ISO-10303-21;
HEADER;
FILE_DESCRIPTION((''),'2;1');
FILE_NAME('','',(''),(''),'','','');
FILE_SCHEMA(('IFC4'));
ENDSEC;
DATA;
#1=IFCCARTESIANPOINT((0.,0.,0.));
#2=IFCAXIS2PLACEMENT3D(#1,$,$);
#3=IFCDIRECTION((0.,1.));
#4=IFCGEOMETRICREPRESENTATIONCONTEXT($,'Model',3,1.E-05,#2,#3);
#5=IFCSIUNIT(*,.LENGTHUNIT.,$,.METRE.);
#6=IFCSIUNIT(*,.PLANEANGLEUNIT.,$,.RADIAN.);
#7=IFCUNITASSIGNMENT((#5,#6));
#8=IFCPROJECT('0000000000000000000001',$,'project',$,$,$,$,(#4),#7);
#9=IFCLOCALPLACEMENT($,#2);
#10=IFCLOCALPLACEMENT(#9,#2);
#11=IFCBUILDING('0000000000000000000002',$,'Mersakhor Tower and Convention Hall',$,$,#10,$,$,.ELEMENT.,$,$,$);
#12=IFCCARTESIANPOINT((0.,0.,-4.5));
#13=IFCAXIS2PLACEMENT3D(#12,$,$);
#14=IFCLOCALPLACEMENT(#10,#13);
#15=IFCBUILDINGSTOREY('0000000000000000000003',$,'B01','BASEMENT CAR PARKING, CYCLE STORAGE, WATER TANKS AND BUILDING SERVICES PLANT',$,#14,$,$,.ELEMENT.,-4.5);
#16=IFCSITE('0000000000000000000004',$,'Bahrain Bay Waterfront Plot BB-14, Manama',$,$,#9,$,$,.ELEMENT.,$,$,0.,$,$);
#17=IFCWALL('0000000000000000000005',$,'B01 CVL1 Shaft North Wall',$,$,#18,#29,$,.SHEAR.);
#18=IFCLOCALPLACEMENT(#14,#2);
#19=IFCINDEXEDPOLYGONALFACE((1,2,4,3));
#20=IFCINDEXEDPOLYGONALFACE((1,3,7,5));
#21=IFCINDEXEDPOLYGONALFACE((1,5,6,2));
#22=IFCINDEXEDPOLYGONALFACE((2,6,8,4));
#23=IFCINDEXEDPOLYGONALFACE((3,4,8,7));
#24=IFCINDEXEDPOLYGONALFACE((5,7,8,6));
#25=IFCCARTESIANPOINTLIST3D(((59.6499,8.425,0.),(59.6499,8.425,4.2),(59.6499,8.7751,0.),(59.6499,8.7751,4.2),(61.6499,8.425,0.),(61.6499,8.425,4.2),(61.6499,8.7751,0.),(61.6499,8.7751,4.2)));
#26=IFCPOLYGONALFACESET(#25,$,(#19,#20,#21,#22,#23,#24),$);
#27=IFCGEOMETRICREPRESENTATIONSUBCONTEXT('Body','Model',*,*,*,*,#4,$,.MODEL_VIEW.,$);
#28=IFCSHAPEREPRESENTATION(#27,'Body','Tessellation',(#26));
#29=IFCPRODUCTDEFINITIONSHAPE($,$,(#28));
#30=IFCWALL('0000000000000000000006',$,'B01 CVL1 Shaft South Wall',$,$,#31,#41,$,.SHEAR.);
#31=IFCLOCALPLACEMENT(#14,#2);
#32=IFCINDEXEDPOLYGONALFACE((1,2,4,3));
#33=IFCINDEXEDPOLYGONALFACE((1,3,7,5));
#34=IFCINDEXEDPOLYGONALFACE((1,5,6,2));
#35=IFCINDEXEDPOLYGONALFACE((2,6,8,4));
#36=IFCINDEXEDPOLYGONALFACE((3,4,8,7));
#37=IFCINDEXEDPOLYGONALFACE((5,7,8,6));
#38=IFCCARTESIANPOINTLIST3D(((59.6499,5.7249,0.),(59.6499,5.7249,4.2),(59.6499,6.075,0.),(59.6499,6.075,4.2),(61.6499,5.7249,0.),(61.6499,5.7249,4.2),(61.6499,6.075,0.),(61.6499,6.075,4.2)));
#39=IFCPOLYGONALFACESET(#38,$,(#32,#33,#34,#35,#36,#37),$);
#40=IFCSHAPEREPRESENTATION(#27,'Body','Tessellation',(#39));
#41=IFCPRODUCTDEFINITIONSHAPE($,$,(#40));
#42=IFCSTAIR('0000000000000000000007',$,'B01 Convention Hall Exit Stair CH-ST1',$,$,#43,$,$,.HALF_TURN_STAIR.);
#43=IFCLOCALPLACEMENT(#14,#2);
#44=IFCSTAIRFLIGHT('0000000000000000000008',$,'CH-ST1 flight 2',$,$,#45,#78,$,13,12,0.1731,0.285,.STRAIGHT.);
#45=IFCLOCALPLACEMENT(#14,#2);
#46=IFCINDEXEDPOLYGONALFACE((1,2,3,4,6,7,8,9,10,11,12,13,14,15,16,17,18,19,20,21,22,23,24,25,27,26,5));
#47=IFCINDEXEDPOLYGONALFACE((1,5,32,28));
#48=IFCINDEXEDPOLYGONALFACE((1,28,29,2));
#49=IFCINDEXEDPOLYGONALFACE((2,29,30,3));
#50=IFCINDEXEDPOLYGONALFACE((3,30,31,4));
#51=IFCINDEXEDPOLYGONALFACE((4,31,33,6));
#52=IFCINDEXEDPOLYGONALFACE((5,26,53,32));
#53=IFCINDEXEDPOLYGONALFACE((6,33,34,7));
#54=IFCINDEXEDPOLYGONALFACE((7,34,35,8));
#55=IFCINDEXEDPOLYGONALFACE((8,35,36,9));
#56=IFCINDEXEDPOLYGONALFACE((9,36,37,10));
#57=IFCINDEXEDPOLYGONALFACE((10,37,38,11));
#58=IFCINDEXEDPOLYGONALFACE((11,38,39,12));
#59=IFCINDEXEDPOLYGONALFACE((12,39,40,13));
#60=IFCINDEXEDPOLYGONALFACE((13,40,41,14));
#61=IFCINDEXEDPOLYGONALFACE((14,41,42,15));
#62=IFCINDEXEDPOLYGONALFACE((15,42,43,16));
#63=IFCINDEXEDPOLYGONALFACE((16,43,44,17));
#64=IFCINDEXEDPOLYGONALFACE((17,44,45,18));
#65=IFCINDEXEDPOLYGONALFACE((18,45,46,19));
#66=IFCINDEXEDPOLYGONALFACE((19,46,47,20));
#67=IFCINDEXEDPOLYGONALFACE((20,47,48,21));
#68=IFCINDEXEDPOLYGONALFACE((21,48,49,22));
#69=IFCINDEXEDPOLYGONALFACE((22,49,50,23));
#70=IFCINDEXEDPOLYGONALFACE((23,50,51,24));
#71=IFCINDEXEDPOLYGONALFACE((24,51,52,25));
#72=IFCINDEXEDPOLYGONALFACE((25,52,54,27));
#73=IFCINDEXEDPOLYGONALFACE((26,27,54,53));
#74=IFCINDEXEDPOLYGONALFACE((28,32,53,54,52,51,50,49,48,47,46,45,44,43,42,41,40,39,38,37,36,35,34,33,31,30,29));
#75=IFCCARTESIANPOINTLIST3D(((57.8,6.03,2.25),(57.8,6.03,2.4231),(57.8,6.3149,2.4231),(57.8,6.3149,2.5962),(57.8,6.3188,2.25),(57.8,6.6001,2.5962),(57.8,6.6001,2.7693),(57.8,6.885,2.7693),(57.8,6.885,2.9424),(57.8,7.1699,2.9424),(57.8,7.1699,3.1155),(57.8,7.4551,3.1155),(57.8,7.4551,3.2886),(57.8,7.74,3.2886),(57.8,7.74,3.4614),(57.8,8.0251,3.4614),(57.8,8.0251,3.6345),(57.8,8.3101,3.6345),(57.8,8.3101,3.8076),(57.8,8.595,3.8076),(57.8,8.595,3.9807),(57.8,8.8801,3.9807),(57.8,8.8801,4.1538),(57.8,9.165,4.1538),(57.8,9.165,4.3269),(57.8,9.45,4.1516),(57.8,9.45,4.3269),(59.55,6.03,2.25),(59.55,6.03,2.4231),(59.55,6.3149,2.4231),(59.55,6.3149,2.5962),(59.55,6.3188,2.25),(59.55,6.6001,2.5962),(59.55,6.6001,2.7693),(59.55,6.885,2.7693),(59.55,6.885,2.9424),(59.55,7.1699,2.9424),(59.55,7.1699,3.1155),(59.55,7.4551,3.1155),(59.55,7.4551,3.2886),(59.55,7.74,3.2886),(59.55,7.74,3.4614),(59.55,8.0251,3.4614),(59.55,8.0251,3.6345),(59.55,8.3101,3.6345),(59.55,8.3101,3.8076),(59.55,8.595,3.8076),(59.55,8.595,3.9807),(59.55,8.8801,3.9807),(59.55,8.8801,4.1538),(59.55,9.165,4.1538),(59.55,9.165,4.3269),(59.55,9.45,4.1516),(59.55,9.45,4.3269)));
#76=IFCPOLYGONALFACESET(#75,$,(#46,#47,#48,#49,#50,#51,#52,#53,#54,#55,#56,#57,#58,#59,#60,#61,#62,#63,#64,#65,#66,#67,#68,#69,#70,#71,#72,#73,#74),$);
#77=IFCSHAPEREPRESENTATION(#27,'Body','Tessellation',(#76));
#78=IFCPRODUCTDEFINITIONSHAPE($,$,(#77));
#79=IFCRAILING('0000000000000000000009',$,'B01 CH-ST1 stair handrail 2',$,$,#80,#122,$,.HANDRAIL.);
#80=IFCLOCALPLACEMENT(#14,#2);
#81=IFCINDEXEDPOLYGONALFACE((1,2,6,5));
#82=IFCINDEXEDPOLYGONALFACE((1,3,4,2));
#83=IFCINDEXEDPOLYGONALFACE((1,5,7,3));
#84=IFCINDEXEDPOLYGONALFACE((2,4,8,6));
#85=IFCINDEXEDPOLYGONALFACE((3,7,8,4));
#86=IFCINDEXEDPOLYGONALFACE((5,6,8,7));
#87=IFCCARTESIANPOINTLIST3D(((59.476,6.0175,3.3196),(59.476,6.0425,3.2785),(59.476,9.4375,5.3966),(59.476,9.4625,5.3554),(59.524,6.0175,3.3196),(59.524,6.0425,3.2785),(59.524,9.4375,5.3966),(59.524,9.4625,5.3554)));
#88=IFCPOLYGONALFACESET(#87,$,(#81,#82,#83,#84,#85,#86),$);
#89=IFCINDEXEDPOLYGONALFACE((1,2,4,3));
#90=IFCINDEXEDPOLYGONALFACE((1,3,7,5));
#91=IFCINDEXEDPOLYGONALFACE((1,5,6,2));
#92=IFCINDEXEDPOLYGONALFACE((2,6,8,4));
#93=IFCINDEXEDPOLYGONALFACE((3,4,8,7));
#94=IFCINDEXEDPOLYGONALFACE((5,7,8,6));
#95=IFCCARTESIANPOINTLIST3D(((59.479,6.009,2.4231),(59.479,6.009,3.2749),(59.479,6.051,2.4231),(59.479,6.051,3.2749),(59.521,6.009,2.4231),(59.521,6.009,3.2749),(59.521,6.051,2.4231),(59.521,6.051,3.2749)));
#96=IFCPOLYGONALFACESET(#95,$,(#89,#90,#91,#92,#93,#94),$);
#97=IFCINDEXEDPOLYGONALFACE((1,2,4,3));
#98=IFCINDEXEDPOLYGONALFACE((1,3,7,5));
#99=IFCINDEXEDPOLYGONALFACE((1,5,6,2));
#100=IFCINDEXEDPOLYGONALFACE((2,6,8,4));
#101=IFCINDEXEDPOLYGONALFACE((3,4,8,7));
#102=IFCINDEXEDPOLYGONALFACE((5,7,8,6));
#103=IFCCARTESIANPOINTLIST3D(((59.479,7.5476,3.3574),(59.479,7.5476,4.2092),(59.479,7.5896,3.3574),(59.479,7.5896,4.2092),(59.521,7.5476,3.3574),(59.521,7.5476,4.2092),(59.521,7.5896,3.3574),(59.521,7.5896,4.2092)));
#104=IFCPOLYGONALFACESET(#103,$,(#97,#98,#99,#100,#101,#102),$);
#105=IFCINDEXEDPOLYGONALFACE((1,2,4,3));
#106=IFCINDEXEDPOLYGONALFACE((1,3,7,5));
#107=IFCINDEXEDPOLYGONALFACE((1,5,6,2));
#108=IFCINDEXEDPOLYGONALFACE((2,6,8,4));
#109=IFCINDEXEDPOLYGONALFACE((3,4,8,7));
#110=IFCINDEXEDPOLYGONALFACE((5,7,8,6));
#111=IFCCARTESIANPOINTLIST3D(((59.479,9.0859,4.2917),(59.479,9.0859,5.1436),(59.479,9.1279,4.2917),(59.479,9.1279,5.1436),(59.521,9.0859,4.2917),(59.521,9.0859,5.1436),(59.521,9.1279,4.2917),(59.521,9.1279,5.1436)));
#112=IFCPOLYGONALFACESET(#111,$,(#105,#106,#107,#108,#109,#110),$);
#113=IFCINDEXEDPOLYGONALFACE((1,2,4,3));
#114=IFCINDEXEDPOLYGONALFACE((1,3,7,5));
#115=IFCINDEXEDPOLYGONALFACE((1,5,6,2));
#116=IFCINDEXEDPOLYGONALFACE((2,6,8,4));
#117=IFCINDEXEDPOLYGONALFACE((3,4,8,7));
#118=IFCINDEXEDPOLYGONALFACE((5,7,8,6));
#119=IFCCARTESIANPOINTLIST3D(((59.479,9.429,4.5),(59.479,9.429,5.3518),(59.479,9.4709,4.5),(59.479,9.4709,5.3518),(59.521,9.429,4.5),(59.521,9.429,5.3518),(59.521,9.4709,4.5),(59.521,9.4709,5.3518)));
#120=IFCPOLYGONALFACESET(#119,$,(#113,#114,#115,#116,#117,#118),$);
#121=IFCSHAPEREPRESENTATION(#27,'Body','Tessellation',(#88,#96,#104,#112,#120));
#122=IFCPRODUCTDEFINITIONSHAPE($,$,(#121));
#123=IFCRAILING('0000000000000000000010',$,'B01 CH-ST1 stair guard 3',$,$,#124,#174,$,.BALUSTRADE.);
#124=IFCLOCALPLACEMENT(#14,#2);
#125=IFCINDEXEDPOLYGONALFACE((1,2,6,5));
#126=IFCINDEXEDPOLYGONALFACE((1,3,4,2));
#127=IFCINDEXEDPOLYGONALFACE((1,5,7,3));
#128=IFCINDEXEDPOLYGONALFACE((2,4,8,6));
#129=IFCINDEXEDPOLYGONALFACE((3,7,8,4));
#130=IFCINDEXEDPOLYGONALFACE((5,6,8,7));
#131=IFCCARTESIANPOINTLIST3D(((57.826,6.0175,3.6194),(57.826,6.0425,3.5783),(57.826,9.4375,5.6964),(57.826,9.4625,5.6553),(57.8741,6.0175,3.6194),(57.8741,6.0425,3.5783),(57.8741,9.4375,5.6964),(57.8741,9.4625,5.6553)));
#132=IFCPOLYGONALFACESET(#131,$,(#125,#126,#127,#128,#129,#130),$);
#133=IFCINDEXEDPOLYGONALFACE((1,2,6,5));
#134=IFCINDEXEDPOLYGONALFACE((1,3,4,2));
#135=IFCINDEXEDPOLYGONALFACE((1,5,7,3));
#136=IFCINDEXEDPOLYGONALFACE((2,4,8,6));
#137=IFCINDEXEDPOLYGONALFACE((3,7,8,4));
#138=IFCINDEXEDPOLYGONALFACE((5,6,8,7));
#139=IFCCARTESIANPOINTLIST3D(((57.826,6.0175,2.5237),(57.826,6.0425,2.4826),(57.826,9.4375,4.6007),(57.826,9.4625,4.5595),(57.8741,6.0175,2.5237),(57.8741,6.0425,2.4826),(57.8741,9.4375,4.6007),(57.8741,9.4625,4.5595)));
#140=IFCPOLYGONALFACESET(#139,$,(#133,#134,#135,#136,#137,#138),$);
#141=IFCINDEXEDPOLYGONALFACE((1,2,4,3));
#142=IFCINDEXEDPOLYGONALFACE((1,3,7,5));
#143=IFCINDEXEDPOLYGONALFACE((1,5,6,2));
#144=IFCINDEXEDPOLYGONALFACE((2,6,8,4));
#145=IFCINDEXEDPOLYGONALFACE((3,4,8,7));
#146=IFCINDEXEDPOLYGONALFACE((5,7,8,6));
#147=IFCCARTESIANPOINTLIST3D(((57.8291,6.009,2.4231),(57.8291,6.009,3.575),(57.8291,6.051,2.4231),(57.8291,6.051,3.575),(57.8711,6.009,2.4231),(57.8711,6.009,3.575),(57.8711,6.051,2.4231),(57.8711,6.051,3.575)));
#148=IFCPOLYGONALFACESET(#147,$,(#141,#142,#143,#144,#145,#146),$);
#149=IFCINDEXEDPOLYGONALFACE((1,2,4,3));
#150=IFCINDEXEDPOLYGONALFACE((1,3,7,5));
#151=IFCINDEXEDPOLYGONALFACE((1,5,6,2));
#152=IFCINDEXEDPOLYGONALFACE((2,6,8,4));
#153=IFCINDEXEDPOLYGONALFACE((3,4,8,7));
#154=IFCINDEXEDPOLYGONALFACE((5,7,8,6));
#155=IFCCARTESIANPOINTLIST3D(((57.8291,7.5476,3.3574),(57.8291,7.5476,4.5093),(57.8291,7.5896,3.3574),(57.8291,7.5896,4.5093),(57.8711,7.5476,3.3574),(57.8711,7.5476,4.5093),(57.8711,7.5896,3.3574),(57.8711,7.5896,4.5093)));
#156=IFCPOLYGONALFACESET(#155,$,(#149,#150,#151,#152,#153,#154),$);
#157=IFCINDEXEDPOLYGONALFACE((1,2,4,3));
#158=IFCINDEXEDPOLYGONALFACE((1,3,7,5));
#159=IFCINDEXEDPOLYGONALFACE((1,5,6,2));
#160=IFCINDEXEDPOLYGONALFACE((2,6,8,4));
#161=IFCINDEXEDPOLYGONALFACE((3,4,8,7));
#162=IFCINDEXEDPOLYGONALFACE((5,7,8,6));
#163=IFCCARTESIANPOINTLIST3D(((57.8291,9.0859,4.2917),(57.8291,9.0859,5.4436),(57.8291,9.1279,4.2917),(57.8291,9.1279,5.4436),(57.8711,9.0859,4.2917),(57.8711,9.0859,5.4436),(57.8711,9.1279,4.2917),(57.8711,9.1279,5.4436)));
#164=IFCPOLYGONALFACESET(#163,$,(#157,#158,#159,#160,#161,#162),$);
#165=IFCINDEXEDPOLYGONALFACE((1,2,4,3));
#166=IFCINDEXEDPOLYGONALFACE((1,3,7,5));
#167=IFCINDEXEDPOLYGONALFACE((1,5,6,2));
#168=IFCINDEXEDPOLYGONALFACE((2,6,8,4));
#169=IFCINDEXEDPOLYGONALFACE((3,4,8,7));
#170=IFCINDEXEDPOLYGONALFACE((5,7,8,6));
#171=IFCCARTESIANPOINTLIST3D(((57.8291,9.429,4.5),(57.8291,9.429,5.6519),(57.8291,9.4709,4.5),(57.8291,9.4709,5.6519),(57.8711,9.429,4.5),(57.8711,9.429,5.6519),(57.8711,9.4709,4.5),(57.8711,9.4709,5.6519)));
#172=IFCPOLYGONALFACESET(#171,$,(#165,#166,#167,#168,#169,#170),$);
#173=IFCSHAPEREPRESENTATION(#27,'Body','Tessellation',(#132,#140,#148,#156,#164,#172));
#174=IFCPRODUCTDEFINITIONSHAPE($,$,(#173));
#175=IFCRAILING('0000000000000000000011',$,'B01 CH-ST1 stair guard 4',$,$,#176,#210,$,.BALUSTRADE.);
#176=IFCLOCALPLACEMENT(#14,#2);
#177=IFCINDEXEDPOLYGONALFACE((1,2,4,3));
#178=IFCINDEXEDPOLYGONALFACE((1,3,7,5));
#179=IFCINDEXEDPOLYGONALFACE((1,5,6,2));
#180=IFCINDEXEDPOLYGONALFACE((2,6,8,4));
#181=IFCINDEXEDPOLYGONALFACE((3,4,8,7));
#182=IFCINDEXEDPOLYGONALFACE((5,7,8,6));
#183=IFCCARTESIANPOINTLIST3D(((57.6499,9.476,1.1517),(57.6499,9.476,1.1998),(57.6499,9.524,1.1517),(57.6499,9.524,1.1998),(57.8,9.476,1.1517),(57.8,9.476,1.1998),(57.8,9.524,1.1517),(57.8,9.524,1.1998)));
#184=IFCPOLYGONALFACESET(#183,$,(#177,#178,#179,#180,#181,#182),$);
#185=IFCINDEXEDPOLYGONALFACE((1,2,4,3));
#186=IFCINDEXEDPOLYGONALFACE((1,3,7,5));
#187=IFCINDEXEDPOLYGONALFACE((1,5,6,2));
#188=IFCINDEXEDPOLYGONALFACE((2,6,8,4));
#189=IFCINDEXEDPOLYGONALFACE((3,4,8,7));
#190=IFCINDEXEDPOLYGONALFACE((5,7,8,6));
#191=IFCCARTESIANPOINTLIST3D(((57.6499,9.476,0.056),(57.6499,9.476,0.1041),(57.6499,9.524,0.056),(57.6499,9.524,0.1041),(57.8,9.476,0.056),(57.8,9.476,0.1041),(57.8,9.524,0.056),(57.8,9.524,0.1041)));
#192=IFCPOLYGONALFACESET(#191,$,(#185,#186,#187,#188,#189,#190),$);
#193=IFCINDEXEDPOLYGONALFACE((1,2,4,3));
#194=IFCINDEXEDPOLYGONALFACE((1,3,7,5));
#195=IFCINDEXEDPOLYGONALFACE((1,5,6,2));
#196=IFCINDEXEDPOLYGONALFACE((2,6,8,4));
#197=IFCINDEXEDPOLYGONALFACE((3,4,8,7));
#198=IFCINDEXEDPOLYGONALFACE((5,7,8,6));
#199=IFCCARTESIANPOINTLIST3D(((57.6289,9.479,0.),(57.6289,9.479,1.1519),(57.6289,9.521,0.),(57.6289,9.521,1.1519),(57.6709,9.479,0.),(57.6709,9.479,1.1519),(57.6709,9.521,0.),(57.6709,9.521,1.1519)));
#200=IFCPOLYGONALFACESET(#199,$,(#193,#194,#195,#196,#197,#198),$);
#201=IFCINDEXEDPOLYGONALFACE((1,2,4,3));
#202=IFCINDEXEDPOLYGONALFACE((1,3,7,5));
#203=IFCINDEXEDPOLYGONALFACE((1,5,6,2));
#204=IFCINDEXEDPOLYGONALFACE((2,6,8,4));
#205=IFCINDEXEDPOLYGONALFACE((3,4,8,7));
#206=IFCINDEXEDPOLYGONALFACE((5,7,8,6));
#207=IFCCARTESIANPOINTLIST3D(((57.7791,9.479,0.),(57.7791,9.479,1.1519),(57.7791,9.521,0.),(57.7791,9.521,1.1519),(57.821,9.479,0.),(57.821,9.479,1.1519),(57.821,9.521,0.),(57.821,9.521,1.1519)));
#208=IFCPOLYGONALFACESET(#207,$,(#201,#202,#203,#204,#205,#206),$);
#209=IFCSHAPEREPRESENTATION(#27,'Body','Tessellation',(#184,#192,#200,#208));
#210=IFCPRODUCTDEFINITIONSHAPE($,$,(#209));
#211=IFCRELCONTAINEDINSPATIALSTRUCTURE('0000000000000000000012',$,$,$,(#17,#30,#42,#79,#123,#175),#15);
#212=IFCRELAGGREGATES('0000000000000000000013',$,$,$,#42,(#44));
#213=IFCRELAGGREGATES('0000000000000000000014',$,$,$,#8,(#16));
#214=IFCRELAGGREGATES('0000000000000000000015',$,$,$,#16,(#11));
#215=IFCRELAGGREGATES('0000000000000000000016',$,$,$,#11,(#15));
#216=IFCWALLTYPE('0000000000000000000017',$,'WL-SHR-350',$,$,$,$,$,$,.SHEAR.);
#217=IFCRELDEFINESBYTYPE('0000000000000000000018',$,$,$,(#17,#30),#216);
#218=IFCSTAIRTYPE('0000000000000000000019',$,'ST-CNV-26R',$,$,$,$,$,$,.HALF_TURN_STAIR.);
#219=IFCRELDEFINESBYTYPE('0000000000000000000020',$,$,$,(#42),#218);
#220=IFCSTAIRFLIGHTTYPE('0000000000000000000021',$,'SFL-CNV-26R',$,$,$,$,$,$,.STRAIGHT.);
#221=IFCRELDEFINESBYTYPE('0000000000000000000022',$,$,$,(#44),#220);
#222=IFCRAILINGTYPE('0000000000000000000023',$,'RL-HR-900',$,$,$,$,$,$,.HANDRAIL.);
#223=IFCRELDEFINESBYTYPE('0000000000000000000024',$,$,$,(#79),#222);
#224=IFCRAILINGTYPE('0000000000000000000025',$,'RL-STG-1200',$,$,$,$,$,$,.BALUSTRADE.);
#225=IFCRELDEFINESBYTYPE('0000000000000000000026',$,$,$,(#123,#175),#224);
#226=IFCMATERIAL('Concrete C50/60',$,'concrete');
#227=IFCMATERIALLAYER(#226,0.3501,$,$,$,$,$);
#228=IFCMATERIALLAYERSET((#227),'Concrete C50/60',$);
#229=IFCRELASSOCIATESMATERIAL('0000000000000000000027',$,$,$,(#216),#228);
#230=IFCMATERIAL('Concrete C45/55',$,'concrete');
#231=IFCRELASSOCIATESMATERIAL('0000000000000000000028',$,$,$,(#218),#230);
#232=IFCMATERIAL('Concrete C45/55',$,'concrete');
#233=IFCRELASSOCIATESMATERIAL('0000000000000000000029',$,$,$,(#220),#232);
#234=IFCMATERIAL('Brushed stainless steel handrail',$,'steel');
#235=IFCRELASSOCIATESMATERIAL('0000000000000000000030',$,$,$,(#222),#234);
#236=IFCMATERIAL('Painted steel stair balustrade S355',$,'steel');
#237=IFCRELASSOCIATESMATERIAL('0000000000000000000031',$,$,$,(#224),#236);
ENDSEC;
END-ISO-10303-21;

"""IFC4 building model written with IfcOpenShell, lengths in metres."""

from ifc_helpers import new_model, si_unit, direction, frame, frame_2d, origin, origin_2d, place, context, subcontext, project, spatial, polyline, rectangle, outline, extrude, material, layer, layer_set, type_object, element, aggregate, save


model = new_model("IFC4")

# Units and contexts
model_context = context("Model", 3, precision=1e-05, world=origin(), true_north=direction((0.0, 1.0)))
body_context = subcontext(model_context, "Body", "Model", "MODEL_VIEW")
ifc_project = project(units=[si_unit("LENGTHUNIT", "METRE"), si_unit("PLANEANGLEUNIT", "RADIAN")], contexts=[model_context])

# Site, building, storey
site_placement = place(None, origin())
site = spatial("IfcSite", under=ifc_project, at=site_placement, Name="Bahrain Bay Waterfront Plot BB-14, Manama", CompositionType="ELEMENT", RefElevation=0.0)
building_placement = place(site_placement, origin())
building = spatial("IfcBuilding", under=site, at=building_placement, Name="Mersakhor Tower and Convention Hall", CompositionType="ELEMENT")
storey_placement = place(building_placement, frame((0.0, 0.0, -4.5)))
storey = spatial("IfcBuildingStorey", under=building, at=storey_placement, Name="B01", Description="BASEMENT CAR PARKING, CYCLE STORAGE, WATER TANKS AND BUILDING SERVICES PLANT", CompositionType="ELEMENT", Elevation=-4.5)

# Shared definitions
ifc_material_1 = material(Name="Concrete C50/60", Category="concrete")
ifc_layer_1 = layer(ifc_material_1, 0.3501)
ifc_layer_set_1 = layer_set([ifc_layer_1], Name="Concrete C50/60")
wall_type_1 = type_object("IfcWallType", Name="WL-SHR-350", PredefinedType="SHEAR", material=ifc_layer_set_1)

# Walls
for number, where, z_axis, x_axis, name in (
    (1, (59.6499, 8.6001, 0.0), (0.0, 0.0, 1.0), (1.0, 0.0, 0.0), "B01 CVL1 Shaft North Wall"),
    (2, (59.6499, 5.8999, 0.0), (0.0, 0.0, 1.0), (1.0, 0.0, 0.0), "B01 CVL1 Shaft South Wall"),
):
    element("IfcWall", number, at=place(storey_placement, frame(where, z_axis=z_axis, x_axis=x_axis)), inside=storey, type_object=wall_type_1, Name=name, PredefinedType="SHEAR", context=body_context, shape_type="SweptSolid", body=[
        extrude(rectangle(XDim=2.0, YDim=0.3501, at=frame_2d((1.0, 0.0))), origin(), (0.0, 0.0, 1.0), 4.2),
    ])

# Stair, stair flight
ifc_material_2 = material(Name="Concrete C45/55", Category="concrete")
stair_type = type_object("IfcStairType", Name="ST-CNV-26R", PredefinedType="HALF_TURN_STAIR", material=ifc_material_2)
stair_placement = place(storey_placement, origin())
stair = element("IfcStair", 3, at=stair_placement, inside=storey, type_object=stair_type, Name="B01 Convention Hall Exit Stair CH-ST1", PredefinedType="HALF_TURN_STAIR")
ifc_material_3 = material(Name="Concrete C45/55", Category="concrete")
stair_flight_type = type_object("IfcStairFlightType", Name="SFL-CNV-26R", PredefinedType="STRAIGHT", material=ifc_material_3)
stair_flight_placement = place(storey_placement, frame((58.675, 6.03, 2.25), z_axis=(0.0, 0.0, 1.0), x_axis=(0.0, 1.0, 0.0)))
stair_flight = element("IfcStairFlight", 4, at=stair_flight_placement, type_object=stair_flight_type, Name="CH-ST1 flight 2", NumberOfRisers=13, NumberOfTreads=12, PredefinedType="STRAIGHT", RiserHeight=0.1731, TreadLength=0.285, context=body_context, shape_type="SweptSolid", body=[
    extrude(outline(polyline([(0.0, 0.0), (0.0, 0.1731), (0.2849, 0.1731), (0.2849, 0.3462), (0.5701, 0.3462), (0.5701, 0.5193), (0.855, 0.5193), (0.855, 0.6924), (1.1399, 0.6924), (1.1399, 0.8655), (1.425, 0.8655), (1.425, 1.0386), (1.71, 1.0386), (1.71, 1.2114), (1.9951, 1.2114), (1.9951, 1.3845), (2.28, 1.3845), (2.28, 1.5576), (2.5649, 1.5576), (2.5649, 1.7307), (2.8501, 1.7307), (2.8501, 1.9038), (3.135, 1.9038), (3.135, 2.0769), (3.4199, 2.0769), (3.4199, 2.25), (3.4199, 1.9016), (0.2888, 0.0), (0.0, 0.0)])), frame((0.0, 0.875, 0.0), z_axis=(0.0, -1.0, 0.0), x_axis=(1.0, 0.0, 0.0)), (0.0, 0.0, 1.0), 1.75),
])
aggregate(stair, [stair_flight])

# Railings
ifc_material_4 = material(Name="Brushed stainless steel handrail", Category="steel")
railing_type_1 = type_object("IfcRailingType", Name="RL-HR-900", PredefinedType="HANDRAIL", material=ifc_material_4)
railing_1_placement = place(storey_placement, frame((59.5, 6.03, 2.4231)))
element("IfcRailing", 5, at=railing_1_placement, inside=storey, type_object=railing_type_1, Name="B01 CH-ST1 stair handrail 2", PredefinedType="HANDRAIL", context=body_context, shape_type="SweptSolid", body=[
    extrude(rectangle(XDim=0.0481, YDim=0.0481, at=origin_2d()), frame((0.0, 0.0, 0.876), z_axis=(0.0, 0.85473, 0.519074), x_axis=(-1.0, 0.0, 0.0)), (0.0, 0.0, 1.0), 4.0012),
    extrude(rectangle(XDim=0.042, YDim=0.042, at=origin_2d()), origin(), (0.0, 0.0, 1.0), 0.8518),
    extrude(rectangle(XDim=0.042, YDim=0.042, at=origin_2d()), frame((0.0, 1.5386, 0.9343)), (0.0, 0.0, 1.0), 0.8518),
    extrude(rectangle(XDim=0.042, YDim=0.042, at=origin_2d()), frame((0.0, 3.0769, 1.8687)), (0.0, 0.0, 1.0), 0.8518),
    extrude(rectangle(XDim=0.042, YDim=0.042, at=origin_2d()), frame((0.0, 3.4199, 2.0769)), (0.0, 0.0, 1.0), 0.8518),
])
ifc_material_5 = material(Name="Painted steel stair balustrade S355", Category="steel")
railing_type_2 = type_object("IfcRailingType", Name="RL-STG-1200", PredefinedType="BALUSTRADE", material=ifc_material_5)
railing_2_placement = place(storey_placement, frame((57.8501, 6.03, 2.4231)))
element("IfcRailing", 6, at=railing_2_placement, inside=storey, type_object=railing_type_2, Name="B01 CH-ST1 stair guard 3", PredefinedType="BALUSTRADE", context=body_context, shape_type="SweptSolid", body=[
    extrude(rectangle(XDim=0.0481, YDim=0.0481, at=origin_2d()), frame((0.0, 0.0, 1.1758), z_axis=(0.0, 0.85473, 0.519074), x_axis=(-1.0, 0.0, 0.0)), (0.0, 0.0, 1.0), 4.0012),
    extrude(rectangle(XDim=0.0481, YDim=0.0481, at=origin_2d()), frame((0.0, 0.0, 0.0801), z_axis=(0.0, 0.85473, 0.519074), x_axis=(-1.0, 0.0, 0.0)), (0.0, 0.0, 1.0), 4.0012),
    extrude(rectangle(XDim=0.042, YDim=0.042, at=origin_2d()), origin(), (0.0, 0.0, 1.0), 1.1519),
    extrude(rectangle(XDim=0.042, YDim=0.042, at=origin_2d()), frame((0.0, 1.5386, 0.9343)), (0.0, 0.0, 1.0), 1.1519),
    extrude(rectangle(XDim=0.042, YDim=0.042, at=origin_2d()), frame((0.0, 3.0769, 1.8687)), (0.0, 0.0, 1.0), 1.1519),
    extrude(rectangle(XDim=0.042, YDim=0.042, at=origin_2d()), frame((0.0, 3.4199, 2.0769)), (0.0, 0.0, 1.0), 1.1519),
])
railing_3_placement = place(storey_placement, frame((57.6499, 9.5, 0.0)))
element("IfcRailing", 7, at=railing_3_placement, inside=storey, type_object=railing_type_2, Name="B01 CH-ST1 stair guard 4", PredefinedType="BALUSTRADE", context=body_context, shape_type="SweptSolid", body=[
    extrude(rectangle(XDim=0.0481, YDim=0.0481, at=origin_2d()), frame((0.0, 0.0, 1.1758), z_axis=(1.0, 0.0, 0.0), x_axis=(0.0, 1.0, 0.0)), (0.0, 0.0, 1.0), 0.1501),
    extrude(rectangle(XDim=0.0481, YDim=0.0481, at=origin_2d()), frame((0.0, 0.0, 0.0801), z_axis=(1.0, 0.0, 0.0), x_axis=(0.0, 1.0, 0.0)), (0.0, 0.0, 1.0), 0.1501),
    extrude(rectangle(XDim=0.042, YDim=0.042, at=origin_2d()), origin(), (0.0, 0.0, 1.0), 1.1519),
    extrude(rectangle(XDim=0.042, YDim=0.042, at=origin_2d()), frame((0.1501, 0.0, 0.0)), (0.0, 0.0, 1.0), 1.1519),
])

save(model, "model.ifc")
